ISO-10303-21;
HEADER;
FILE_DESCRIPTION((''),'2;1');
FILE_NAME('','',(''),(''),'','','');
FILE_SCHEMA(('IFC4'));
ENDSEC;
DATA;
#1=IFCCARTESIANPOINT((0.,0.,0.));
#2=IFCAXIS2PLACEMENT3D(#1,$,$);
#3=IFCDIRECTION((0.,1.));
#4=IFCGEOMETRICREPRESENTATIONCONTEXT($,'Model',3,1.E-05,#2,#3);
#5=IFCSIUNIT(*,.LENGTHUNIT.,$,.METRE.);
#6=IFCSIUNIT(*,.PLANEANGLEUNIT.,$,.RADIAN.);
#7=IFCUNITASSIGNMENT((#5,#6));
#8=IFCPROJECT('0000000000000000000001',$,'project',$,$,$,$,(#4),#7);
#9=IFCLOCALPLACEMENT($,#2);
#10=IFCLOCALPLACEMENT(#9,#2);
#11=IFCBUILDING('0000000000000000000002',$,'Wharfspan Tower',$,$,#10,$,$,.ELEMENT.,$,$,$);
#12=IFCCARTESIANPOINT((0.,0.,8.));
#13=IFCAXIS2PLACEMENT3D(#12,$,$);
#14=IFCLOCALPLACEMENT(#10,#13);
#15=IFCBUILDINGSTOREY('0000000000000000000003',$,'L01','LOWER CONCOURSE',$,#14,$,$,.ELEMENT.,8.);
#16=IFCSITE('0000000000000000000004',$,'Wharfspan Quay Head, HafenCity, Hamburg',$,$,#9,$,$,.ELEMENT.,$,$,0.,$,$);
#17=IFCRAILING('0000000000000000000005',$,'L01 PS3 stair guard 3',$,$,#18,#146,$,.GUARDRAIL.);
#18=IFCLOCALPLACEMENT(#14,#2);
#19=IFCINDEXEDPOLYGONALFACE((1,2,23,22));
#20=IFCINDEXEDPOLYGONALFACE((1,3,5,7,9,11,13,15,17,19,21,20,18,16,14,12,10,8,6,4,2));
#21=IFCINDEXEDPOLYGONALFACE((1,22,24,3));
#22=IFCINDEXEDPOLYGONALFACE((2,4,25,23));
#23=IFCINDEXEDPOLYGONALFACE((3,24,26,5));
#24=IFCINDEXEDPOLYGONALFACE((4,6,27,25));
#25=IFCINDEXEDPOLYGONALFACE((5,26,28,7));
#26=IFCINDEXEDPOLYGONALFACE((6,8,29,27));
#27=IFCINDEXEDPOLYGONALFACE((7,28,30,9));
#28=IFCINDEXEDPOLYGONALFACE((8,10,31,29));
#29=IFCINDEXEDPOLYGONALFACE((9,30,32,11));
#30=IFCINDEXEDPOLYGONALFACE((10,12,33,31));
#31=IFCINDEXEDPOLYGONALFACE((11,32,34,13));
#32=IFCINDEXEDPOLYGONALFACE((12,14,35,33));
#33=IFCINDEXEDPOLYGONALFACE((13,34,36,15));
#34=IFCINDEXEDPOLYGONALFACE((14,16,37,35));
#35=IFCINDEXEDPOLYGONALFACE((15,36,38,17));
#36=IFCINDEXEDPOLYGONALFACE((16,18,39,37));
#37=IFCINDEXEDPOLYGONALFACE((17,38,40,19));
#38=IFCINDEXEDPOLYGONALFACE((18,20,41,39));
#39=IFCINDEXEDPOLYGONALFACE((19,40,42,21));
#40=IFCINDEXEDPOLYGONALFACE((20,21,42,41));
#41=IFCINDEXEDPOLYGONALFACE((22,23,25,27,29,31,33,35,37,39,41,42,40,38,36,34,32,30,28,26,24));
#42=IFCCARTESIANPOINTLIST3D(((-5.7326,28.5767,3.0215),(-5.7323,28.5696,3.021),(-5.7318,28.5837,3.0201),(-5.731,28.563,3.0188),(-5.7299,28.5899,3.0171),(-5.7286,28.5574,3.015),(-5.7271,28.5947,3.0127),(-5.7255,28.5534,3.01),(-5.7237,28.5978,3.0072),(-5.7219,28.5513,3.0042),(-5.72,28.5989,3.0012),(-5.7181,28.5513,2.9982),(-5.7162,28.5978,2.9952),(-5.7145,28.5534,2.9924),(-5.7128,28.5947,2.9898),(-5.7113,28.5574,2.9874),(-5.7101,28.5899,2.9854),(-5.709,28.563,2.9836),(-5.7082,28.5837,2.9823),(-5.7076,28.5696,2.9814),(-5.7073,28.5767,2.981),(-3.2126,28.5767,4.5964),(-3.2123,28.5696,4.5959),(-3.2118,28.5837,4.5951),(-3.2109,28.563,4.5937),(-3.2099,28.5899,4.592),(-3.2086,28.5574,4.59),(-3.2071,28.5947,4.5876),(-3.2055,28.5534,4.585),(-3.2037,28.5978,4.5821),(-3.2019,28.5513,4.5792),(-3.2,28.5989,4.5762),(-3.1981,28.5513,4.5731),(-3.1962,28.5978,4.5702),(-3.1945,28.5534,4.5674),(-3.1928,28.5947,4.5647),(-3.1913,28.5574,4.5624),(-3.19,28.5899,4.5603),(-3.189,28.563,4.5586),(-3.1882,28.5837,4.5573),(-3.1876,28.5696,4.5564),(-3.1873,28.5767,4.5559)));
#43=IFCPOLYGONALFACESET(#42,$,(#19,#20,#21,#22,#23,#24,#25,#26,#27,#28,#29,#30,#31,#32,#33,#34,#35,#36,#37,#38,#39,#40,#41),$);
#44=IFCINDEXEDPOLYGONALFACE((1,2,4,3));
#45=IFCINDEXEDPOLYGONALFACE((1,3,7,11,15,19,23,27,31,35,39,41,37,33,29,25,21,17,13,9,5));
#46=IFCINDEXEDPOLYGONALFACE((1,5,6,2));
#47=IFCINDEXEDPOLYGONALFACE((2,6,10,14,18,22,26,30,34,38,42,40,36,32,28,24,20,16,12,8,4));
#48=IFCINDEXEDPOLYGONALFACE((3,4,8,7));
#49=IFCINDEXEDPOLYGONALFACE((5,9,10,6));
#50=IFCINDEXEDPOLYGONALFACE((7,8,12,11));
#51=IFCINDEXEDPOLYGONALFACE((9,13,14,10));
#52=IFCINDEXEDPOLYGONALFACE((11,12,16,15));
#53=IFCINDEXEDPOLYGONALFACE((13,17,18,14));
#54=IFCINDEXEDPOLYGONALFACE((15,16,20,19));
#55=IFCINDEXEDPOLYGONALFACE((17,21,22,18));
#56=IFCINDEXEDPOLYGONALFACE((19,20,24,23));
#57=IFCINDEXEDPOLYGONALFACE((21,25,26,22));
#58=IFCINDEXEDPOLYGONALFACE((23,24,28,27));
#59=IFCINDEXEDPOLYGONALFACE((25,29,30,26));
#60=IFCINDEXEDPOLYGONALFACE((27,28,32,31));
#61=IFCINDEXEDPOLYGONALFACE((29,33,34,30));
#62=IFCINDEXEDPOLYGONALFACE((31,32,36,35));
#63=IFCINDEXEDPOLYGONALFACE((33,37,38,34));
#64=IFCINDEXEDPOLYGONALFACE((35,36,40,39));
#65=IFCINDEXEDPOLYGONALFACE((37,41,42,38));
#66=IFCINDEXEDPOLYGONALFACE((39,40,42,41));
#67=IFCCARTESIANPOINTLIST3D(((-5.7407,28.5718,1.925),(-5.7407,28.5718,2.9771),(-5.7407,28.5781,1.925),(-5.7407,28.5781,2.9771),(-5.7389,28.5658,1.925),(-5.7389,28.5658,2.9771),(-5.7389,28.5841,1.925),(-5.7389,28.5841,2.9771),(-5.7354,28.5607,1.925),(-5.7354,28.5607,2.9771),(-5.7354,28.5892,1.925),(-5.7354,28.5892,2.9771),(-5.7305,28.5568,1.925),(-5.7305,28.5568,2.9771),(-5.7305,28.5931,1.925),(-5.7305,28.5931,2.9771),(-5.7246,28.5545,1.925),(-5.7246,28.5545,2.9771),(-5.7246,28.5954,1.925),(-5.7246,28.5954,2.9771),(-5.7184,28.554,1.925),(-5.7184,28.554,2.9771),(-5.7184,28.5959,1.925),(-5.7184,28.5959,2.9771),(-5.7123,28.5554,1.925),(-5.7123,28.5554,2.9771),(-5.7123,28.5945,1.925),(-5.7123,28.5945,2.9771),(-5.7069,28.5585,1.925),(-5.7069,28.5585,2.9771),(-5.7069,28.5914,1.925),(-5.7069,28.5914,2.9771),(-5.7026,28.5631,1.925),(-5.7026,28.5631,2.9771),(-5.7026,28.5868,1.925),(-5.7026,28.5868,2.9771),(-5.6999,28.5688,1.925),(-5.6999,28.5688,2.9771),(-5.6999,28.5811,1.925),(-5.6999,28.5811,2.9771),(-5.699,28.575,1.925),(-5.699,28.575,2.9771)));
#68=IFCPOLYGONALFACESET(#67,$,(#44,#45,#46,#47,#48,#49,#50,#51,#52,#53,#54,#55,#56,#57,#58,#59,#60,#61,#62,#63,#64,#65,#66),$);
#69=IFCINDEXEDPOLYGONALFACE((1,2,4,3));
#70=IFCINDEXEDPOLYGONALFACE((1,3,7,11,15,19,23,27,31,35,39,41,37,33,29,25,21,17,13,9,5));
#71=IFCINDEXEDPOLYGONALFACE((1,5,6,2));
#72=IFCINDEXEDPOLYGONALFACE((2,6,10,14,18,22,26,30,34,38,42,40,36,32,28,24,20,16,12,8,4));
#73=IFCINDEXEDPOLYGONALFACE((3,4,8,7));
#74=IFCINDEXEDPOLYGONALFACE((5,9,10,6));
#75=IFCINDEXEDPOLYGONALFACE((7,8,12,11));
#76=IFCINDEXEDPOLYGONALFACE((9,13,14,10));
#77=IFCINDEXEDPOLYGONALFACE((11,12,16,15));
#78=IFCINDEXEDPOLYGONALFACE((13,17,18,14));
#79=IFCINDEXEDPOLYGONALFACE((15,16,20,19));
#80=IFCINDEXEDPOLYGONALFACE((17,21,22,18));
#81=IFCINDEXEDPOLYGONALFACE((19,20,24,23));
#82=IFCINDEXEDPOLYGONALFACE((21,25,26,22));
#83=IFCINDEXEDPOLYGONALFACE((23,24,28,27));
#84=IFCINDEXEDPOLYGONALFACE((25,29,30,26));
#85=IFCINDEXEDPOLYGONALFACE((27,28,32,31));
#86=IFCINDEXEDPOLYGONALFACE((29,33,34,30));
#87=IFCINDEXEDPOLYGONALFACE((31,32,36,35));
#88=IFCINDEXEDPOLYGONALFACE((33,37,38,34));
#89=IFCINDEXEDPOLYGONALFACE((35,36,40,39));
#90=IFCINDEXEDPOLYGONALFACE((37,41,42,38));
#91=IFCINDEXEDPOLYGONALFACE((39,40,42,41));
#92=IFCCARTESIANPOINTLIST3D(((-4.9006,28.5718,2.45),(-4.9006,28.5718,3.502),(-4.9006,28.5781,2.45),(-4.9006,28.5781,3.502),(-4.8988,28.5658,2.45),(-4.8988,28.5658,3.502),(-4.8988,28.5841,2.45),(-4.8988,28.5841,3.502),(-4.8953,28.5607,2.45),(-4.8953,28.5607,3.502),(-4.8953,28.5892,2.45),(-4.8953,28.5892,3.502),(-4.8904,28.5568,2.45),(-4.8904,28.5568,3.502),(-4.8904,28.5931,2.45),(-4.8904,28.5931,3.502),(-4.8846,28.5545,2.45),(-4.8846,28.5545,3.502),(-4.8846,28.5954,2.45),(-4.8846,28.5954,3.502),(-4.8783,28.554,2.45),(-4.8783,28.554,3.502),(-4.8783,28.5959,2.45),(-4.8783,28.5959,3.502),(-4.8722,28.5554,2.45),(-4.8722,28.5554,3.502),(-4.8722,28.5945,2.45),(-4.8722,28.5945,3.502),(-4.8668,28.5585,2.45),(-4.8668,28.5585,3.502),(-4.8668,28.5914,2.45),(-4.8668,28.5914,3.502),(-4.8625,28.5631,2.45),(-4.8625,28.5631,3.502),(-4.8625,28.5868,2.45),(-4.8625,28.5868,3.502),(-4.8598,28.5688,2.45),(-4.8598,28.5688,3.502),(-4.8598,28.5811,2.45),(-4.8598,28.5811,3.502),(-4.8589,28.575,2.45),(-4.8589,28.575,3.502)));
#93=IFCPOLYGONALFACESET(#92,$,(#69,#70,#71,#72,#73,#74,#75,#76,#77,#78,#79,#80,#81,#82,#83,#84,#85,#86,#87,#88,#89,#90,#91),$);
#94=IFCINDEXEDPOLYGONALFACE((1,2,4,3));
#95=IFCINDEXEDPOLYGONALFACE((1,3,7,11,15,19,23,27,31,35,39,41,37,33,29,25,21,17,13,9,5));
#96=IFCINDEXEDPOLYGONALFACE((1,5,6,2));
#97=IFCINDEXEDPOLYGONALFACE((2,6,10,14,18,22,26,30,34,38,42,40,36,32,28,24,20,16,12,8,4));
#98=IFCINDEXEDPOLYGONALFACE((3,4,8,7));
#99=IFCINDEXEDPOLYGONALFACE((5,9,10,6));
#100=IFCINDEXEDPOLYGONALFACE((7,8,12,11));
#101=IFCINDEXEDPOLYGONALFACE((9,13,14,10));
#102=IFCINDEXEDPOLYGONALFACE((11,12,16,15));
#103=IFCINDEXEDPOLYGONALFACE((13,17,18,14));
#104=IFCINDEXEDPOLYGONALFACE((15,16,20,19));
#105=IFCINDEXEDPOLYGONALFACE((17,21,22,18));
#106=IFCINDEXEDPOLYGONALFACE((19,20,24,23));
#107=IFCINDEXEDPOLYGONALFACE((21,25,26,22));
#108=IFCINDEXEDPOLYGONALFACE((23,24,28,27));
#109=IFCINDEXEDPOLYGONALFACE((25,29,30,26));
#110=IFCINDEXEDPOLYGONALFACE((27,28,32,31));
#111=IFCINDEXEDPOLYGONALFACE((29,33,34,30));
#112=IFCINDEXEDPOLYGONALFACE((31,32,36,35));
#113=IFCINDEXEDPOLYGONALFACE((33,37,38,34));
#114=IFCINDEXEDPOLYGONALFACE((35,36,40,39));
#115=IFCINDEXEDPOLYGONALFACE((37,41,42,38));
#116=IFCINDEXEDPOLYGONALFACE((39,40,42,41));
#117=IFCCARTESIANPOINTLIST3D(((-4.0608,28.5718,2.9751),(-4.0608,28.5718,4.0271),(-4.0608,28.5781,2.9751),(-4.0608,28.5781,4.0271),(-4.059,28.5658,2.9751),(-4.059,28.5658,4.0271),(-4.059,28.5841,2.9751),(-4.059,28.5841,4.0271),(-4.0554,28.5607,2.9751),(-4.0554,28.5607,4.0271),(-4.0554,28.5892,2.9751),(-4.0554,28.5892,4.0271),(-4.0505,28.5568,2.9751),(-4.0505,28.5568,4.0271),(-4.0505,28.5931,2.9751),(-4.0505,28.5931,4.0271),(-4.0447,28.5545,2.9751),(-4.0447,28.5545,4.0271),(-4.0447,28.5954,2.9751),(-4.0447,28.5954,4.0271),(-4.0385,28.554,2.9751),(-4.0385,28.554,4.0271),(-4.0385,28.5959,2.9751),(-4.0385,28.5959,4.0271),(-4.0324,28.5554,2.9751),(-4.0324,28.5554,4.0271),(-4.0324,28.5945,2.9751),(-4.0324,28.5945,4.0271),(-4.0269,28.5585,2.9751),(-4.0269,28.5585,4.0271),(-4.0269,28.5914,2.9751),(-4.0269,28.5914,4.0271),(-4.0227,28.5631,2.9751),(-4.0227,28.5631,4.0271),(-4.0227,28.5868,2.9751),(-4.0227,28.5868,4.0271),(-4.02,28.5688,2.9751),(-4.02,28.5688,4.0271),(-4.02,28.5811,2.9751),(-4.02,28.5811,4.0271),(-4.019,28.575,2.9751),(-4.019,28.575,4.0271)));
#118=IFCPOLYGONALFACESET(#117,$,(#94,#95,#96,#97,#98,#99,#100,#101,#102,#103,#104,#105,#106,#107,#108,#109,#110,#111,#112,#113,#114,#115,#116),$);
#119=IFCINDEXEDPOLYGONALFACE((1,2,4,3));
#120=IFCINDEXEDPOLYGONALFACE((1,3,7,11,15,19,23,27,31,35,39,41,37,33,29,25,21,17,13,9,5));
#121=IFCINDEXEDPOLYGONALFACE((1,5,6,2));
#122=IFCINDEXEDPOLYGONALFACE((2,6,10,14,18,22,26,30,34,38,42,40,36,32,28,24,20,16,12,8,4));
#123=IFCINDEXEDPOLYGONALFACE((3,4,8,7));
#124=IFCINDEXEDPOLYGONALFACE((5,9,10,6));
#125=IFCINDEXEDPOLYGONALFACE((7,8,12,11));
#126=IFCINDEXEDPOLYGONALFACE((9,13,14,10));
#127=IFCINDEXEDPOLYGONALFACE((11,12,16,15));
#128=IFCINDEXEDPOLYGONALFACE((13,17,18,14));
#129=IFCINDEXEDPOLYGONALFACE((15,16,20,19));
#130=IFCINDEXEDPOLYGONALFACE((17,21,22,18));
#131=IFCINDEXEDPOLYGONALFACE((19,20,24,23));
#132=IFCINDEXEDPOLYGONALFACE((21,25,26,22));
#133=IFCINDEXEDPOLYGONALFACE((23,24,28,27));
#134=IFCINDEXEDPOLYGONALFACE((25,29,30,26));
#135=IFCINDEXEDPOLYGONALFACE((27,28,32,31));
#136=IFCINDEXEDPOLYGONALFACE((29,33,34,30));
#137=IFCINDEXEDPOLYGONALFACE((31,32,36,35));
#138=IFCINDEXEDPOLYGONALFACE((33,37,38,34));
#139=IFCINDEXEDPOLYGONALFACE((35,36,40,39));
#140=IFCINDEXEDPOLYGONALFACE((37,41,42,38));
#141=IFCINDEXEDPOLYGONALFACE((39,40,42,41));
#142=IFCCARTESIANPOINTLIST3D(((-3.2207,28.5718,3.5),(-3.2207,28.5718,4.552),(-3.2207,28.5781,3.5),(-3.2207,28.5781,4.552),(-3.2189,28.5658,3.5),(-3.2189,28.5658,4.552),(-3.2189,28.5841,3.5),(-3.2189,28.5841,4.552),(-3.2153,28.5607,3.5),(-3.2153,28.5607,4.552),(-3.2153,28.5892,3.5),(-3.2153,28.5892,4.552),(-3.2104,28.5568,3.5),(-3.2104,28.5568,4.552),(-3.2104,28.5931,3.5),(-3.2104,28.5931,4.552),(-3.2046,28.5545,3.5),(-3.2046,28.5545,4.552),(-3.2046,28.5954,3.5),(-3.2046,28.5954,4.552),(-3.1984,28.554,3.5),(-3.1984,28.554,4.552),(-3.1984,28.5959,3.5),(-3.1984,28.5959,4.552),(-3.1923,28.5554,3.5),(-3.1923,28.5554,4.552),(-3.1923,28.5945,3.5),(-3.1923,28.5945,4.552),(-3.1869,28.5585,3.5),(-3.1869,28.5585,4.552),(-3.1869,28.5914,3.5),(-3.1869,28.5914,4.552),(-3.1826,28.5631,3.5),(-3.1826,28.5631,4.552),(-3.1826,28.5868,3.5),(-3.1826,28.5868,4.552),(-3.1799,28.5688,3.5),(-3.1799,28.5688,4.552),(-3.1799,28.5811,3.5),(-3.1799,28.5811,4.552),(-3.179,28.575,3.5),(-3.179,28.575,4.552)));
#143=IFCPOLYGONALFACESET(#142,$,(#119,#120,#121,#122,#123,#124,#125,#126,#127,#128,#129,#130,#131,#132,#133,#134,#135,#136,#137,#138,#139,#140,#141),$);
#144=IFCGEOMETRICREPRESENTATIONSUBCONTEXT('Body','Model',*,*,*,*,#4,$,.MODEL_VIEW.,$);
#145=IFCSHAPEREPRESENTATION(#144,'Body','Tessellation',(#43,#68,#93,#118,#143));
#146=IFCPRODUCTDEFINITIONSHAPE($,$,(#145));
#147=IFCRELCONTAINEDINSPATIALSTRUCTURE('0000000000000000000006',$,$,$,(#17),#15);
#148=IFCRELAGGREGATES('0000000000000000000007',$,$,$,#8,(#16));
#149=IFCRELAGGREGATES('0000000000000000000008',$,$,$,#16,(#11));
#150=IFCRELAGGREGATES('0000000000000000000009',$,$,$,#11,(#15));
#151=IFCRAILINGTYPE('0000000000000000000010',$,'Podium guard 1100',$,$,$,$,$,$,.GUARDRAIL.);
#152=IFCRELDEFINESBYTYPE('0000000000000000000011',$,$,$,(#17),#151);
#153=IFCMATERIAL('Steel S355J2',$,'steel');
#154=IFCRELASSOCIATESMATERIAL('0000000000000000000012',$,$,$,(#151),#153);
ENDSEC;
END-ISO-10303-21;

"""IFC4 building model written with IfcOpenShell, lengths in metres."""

from ifc_helpers import new_model, si_unit, direction, frame, origin, origin_2d, place, context, subcontext, project, spatial, circle, extrude, material, type_object, element, save


model = new_model("IFC4")

# Units and contexts
model_context = context("Model", 3, precision=1e-05, world=origin(), true_north=direction((0.0, 1.0)))
body_context = subcontext(model_context, "Body", "Model", "MODEL_VIEW")
ifc_project = project(units=[si_unit("LENGTHUNIT", "METRE"), si_unit("PLANEANGLEUNIT", "RADIAN")], contexts=[model_context])

# Site, building, storey
site_placement = place(None, origin())
site = spatial("IfcSite", under=ifc_project, at=site_placement, Name="Wharfspan Quay Head, HafenCity, Hamburg", CompositionType="ELEMENT", RefElevation=0.0)
building_placement = place(site_placement, origin())
building = spatial("IfcBuilding", under=site, at=building_placement, Name="Wharfspan Tower", CompositionType="ELEMENT")
storey_placement = place(building_placement, frame((0.0, 0.0, 8.0)))
storey = spatial("IfcBuildingStorey", under=building, at=storey_placement, Name="L01", Description="LOWER CONCOURSE", CompositionType="ELEMENT", Elevation=8.0)

# Railing
ifc_material_1 = material(Name="Steel S355J2", Category="steel")
railing_type_1 = type_object("IfcRailingType", Name="Podium guard 1100", PredefinedType="GUARDRAIL", material=ifc_material_1)
railing_1_placement = place(storey_placement, frame((-5.72, 28.575, 1.925)))
element("IfcRailing", 1, at=railing_1_placement, inside=storey, type_object=railing_type_1, Name="L01 PS3 stair guard 3", PredefinedType="GUARDRAIL", context=body_context, shape_type="SweptSolid", body=[
    extrude(circle(Radius=0.0239, at=origin_2d()), frame((0.0, 0.0, 1.0762), z_axis=(0.848008, 0.0, 0.529984), x_axis=(0.0, 1.0, 0.0)), (0.0, 0.0, 1.0), 2.9717),
    extrude(circle(Radius=0.021, at=origin_2d()), origin(), (0.0, 0.0, 1.0), 1.052),
    extrude(circle(Radius=0.021, at=origin_2d()), frame((0.8401, 0.0, 0.5249)), (0.0, 0.0, 1.0), 1.052),
    extrude(circle(Radius=0.021, at=origin_2d()), frame((1.6799, 0.0, 1.05)), (0.0, 0.0, 1.0), 1.052),
    extrude(circle(Radius=0.021, at=origin_2d()), frame((2.52, 0.0, 1.575)), (0.0, 0.0, 1.0), 1.052),
])

save(model, "model.ifc")
